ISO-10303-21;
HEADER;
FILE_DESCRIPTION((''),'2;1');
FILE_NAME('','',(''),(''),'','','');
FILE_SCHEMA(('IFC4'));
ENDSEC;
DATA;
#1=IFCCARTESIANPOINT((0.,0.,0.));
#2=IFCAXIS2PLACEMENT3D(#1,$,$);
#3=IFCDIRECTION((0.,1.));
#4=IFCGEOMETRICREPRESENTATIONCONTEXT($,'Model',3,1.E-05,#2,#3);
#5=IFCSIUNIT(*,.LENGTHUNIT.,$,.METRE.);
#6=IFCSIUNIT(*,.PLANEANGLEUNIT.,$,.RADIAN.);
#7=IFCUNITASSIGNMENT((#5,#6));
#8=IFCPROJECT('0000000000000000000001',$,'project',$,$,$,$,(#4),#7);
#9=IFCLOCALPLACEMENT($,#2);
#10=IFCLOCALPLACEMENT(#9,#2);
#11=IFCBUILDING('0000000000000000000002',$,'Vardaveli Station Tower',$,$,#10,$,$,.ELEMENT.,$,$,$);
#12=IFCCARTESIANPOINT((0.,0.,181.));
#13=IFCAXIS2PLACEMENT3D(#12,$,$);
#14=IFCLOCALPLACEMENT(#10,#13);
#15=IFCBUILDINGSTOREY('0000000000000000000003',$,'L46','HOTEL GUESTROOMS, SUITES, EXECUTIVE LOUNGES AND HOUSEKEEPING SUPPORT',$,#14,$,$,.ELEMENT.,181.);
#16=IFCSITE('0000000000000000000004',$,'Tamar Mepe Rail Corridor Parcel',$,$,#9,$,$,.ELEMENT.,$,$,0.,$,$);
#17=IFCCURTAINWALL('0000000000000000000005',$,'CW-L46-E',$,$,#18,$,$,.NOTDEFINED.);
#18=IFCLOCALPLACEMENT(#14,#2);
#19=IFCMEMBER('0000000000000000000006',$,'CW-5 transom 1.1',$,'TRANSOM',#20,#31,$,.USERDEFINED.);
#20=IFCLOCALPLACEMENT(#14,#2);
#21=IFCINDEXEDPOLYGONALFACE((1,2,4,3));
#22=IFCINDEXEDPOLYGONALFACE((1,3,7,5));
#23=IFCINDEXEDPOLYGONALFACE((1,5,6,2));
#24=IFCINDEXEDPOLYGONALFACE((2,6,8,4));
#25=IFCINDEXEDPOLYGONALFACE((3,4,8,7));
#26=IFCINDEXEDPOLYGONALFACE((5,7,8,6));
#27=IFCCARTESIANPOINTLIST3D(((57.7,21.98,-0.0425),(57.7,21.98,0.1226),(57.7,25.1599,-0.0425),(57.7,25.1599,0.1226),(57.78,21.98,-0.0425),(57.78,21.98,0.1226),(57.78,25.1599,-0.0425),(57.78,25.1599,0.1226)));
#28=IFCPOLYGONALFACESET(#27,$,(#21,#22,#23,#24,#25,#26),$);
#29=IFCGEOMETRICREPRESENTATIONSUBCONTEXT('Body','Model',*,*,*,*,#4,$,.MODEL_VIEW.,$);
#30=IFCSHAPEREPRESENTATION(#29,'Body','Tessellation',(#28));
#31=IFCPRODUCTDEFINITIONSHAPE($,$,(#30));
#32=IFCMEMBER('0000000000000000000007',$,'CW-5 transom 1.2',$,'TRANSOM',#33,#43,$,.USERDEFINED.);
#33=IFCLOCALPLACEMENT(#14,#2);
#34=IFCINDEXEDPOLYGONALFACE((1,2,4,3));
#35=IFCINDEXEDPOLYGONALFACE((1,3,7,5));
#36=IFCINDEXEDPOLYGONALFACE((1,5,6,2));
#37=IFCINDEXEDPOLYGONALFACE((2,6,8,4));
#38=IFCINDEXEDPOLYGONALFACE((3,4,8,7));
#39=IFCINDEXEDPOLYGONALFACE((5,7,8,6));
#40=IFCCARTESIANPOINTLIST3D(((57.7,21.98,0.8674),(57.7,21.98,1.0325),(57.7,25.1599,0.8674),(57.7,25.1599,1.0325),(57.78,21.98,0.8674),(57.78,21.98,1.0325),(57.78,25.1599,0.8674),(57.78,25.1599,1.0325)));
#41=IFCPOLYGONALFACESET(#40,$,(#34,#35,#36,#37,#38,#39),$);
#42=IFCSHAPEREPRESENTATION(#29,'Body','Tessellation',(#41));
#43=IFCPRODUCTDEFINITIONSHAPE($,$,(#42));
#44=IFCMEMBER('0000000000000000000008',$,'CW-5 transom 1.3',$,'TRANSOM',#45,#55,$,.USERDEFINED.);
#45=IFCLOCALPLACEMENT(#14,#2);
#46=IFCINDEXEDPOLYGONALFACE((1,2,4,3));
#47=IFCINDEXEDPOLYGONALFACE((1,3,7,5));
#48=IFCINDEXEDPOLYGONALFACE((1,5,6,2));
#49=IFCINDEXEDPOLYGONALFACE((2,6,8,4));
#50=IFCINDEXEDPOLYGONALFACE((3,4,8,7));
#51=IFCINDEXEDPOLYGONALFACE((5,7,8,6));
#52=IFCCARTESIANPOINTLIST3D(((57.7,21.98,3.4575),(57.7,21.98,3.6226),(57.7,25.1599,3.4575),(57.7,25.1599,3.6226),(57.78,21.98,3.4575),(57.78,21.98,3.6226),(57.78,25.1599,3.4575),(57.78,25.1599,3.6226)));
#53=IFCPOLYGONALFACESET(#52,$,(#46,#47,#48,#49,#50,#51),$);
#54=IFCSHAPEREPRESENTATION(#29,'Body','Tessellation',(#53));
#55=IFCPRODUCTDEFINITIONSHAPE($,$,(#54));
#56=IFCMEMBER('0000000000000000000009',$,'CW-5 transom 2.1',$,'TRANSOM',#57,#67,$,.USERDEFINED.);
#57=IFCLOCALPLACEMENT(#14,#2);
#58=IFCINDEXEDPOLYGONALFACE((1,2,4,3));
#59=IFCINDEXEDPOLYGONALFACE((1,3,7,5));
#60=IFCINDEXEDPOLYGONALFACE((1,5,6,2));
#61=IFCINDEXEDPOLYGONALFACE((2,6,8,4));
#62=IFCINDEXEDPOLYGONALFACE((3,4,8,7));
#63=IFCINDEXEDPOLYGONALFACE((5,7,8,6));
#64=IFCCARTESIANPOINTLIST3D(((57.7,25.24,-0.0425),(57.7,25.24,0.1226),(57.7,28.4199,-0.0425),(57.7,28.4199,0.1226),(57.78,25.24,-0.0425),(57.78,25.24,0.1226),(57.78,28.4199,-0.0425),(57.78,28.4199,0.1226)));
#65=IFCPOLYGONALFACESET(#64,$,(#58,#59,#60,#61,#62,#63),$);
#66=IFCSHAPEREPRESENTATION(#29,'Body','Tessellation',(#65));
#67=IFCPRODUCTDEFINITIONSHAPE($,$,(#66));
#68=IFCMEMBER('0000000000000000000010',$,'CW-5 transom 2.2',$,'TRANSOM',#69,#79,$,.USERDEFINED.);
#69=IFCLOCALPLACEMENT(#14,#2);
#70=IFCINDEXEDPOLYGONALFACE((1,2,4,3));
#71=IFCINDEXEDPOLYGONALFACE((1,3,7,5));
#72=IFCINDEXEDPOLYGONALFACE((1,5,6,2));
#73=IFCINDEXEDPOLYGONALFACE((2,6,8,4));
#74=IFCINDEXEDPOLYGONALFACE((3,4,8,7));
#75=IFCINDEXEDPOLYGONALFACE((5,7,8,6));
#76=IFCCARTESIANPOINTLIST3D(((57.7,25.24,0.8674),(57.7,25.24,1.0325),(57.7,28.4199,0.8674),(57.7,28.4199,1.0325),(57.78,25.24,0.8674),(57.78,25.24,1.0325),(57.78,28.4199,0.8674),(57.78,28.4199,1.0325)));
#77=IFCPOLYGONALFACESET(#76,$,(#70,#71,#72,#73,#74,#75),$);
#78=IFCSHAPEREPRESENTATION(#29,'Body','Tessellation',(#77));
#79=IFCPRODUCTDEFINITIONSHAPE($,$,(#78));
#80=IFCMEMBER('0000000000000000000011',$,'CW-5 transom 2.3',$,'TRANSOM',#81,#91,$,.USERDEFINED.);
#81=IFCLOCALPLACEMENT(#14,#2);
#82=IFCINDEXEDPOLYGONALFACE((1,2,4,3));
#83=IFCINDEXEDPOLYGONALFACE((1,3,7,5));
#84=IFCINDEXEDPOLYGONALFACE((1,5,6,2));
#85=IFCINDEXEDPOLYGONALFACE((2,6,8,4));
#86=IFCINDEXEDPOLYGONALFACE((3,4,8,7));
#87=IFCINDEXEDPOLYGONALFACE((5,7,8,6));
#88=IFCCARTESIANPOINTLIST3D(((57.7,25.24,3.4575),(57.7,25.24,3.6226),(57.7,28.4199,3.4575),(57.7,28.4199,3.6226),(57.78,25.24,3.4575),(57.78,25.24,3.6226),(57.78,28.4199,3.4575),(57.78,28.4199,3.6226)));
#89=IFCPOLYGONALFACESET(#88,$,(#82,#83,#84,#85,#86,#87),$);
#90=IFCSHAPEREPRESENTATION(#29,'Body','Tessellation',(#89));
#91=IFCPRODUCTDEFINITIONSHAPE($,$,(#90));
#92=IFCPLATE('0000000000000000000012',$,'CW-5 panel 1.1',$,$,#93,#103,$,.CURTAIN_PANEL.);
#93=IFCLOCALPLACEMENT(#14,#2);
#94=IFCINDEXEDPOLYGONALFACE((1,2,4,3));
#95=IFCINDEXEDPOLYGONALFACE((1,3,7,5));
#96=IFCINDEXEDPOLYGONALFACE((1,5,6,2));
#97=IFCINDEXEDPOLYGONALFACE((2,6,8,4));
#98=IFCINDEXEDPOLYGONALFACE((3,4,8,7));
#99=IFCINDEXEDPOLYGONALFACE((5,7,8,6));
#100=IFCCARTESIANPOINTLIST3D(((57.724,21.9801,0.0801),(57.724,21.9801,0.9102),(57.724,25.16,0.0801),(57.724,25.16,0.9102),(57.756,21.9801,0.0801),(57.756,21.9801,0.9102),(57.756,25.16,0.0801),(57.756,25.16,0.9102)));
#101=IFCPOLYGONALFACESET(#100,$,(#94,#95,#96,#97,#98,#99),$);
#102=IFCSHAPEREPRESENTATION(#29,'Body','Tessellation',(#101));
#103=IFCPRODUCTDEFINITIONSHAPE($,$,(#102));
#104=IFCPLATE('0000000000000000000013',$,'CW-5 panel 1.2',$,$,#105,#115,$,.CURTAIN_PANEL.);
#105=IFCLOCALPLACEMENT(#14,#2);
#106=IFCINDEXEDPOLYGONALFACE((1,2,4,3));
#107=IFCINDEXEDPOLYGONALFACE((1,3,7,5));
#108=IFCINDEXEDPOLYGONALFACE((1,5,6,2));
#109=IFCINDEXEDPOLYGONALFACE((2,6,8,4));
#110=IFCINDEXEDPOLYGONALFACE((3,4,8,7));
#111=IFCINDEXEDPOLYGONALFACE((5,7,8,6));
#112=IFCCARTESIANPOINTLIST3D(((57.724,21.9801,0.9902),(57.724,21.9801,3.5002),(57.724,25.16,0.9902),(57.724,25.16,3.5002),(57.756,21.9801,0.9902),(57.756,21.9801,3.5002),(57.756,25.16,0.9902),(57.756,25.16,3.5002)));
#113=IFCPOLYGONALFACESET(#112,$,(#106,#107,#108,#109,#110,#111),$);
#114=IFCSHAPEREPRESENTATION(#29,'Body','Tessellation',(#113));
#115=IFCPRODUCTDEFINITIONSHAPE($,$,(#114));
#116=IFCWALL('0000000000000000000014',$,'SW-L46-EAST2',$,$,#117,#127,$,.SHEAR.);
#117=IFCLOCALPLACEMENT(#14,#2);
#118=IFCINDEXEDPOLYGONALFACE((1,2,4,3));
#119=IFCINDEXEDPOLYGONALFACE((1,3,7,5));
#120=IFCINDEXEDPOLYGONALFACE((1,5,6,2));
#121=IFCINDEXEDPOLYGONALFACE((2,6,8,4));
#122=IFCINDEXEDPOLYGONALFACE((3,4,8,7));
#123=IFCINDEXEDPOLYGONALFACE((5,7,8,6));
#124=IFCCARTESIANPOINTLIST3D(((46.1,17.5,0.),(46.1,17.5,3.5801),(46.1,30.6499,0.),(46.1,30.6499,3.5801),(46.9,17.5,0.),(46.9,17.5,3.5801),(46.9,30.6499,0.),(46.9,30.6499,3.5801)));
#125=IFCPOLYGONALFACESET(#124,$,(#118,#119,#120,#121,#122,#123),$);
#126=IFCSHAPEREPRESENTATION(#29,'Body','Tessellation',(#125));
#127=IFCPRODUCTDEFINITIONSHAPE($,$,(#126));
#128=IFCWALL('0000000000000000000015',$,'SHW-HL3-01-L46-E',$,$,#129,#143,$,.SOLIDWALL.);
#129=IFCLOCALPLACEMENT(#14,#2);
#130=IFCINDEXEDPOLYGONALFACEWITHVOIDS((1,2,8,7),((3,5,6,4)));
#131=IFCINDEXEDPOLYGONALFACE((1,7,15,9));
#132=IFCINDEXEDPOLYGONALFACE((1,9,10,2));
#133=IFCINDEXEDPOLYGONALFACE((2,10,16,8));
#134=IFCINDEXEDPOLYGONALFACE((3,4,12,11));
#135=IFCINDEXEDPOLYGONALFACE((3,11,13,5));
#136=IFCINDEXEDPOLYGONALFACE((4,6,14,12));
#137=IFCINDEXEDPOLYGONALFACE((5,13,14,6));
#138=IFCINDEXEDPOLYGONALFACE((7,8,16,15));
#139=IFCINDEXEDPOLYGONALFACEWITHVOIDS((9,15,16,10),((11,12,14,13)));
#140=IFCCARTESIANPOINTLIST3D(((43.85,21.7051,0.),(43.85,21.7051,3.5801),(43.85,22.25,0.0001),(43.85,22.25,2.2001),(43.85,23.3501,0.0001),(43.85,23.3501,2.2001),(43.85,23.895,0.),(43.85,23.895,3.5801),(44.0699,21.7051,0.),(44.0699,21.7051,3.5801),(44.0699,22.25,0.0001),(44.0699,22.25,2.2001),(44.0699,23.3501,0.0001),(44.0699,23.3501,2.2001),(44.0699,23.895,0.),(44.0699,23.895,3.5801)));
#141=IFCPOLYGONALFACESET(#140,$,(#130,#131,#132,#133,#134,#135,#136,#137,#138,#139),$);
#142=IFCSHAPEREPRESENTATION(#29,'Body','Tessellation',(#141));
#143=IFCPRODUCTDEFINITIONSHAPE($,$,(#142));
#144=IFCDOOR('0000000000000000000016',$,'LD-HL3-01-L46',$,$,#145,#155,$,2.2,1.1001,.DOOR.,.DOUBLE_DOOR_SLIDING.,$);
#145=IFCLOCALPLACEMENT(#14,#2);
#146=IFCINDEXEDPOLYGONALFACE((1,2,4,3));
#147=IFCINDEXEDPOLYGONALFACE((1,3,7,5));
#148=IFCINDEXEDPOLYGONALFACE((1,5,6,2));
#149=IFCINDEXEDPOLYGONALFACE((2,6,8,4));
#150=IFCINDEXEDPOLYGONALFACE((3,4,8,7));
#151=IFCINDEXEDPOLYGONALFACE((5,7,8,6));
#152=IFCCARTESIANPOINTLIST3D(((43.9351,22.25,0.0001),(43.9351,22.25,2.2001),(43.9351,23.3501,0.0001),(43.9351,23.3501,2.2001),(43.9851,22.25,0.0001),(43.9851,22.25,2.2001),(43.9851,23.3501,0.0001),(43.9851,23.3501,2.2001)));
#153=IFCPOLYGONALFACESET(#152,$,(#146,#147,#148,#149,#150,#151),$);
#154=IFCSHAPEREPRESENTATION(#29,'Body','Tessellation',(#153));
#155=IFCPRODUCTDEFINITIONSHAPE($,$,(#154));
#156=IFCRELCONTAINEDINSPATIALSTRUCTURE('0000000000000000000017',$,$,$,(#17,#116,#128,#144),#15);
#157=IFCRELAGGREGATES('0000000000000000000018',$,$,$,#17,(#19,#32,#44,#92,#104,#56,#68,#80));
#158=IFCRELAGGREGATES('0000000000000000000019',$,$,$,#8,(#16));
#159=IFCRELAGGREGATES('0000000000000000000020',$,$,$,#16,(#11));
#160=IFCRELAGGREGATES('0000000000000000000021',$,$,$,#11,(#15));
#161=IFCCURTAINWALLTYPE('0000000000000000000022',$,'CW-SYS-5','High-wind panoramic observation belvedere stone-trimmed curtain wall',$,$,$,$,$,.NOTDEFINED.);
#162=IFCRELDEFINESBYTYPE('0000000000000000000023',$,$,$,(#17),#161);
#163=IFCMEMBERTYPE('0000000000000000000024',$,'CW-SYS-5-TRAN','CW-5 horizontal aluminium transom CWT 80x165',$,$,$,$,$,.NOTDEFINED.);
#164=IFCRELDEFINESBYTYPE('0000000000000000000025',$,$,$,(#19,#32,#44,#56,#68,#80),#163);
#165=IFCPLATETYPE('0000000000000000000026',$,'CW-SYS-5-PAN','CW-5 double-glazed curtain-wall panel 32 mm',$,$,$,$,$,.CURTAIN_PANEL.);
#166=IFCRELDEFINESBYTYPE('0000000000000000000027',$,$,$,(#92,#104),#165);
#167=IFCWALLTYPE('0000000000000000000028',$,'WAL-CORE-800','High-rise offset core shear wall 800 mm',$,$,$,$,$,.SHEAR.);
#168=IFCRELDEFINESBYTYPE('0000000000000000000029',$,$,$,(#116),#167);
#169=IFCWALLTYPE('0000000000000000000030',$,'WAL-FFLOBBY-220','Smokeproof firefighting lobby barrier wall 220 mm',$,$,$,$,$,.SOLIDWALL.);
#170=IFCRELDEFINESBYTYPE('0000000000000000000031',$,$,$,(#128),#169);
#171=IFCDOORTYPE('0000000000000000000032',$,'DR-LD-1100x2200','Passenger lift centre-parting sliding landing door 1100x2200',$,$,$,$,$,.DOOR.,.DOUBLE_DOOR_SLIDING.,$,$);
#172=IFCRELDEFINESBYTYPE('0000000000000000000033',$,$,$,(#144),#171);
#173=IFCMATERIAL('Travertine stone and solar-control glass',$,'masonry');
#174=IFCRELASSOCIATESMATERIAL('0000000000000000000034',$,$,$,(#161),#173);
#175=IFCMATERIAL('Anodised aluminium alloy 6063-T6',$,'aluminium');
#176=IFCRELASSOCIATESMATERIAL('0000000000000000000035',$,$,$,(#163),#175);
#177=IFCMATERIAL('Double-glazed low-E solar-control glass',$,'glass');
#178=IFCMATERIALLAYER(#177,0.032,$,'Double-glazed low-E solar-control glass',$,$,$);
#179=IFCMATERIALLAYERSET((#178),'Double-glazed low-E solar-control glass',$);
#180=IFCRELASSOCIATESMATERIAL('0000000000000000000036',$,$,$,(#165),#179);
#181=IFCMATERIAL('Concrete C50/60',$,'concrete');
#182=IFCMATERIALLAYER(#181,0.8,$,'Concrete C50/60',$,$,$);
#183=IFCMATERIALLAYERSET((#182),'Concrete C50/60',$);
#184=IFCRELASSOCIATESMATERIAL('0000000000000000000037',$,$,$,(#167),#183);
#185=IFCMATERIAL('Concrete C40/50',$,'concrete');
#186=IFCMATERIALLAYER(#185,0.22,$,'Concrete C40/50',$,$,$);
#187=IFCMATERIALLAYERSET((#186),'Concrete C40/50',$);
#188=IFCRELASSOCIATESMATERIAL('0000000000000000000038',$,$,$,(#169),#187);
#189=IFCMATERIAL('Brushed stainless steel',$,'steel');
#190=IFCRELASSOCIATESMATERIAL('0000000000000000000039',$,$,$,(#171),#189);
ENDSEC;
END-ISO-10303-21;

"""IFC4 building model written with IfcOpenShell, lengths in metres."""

from ifc_helpers import new_model, si_unit, direction, frame, frame_2d, origin, origin_2d, place, context, subcontext, project, spatial, rectangle, extrude, source, transform, mapped, material, layer, layer_set, material_profile, profile_set, type_object, element, fill, aggregate, save


model = new_model("IFC4")

# Units and contexts
model_context = context("Model", 3, precision=1e-05, world=origin(), true_north=direction((0.0, 1.0)))
body_context = subcontext(model_context, "Body", "Model", "MODEL_VIEW")
ifc_project = project(units=[si_unit("LENGTHUNIT", "METRE"), si_unit("PLANEANGLEUNIT", "RADIAN")], contexts=[model_context])

# Site, building, storey
site_placement = place(None, origin())
site = spatial("IfcSite", under=ifc_project, at=site_placement, Name="Tamar Mepe Rail Corridor Parcel", CompositionType="ELEMENT", RefElevation=0.0)
building_placement = place(site_placement, origin())
building = spatial("IfcBuilding", under=site, at=building_placement, Name="Vardaveli Station Tower", CompositionType="ELEMENT")
storey_placement = place(building_placement, frame((0.0, 0.0, 181.0)))
storey = spatial("IfcBuildingStorey", under=building, at=storey_placement, Name="L46", Description="HOTEL GUESTROOMS, SUITES, EXECUTIVE LOUNGES AND HOUSEKEEPING SUPPORT", CompositionType="ELEMENT", Elevation=181.0)

# Curtain wall, members, plates
ifc_material_1 = material(Name="Travertine stone and solar-control glass", Category="masonry")
curtain_wall_type = type_object("IfcCurtainWallType", Name="CW-SYS-5", Description="High-wind panoramic observation belvedere stone-trimmed curtain wall", PredefinedType="NOTDEFINED", material=ifc_material_1)
curtain_wall_placement = place(storey_placement, origin())
curtain_wall = element("IfcCurtainWall", 1, at=curtain_wall_placement, inside=storey, type_object=curtain_wall_type, Name="CW-L46-E", PredefinedType="NOTDEFINED")
ifc_material_2 = material(Name="Anodised aluminium alloy 6063-T6", Category="aluminium")
ifc_material_profile_1 = material_profile(ifc_material_2, rectangle(XDim=0.0801, YDim=0.165, at=origin_2d()), Name="CWT 80x165")
ifc_profile_set_1 = profile_set([ifc_material_profile_1], Name="Anodised aluminium alloy 6063-T6")
member_type_1 = type_object("IfcMemberType", Name="CW-SYS-5-TRAN", Description="CW-5 horizontal aluminium transom CWT 80x165", PredefinedType="NOTDEFINED", material=ifc_profile_set_1)
shared_shape_1 = source(origin(), body_context, "Body", "SweptSolid", [
    extrude(rectangle(XDim=0.0801, YDim=0.165, at=origin_2d()), origin(), (0.0, 0.0, 1.0), 3.1799),
])
member_1_placement = place(storey_placement, frame((57.74, 21.98, 0.04), z_axis=(0.0, 1.0, 0.0), x_axis=(-1.0, 0.0, 0.0)))
member_1 = element("IfcMember", 2, at=member_1_placement, type_object=member_type_1, Name="CW-5 transom 1.1", ObjectType="TRANSOM", PredefinedType="USERDEFINED", context=body_context, shape_type="MappedRepresentation", body=[
    mapped(shared_shape_1, transform((0.0, 0.0, 0.0), scale=1.0)),
])
member_2_placement = place(storey_placement, frame((57.74, 21.98, 0.95), z_axis=(0.0, 1.0, 0.0), x_axis=(-1.0, 0.0, 0.0)))
member_2 = element("IfcMember", 3, at=member_2_placement, type_object=member_type_1, Name="CW-5 transom 1.2", ObjectType="TRANSOM", PredefinedType="USERDEFINED", context=body_context, shape_type="MappedRepresentation", body=[
    mapped(shared_shape_1, transform((0.0, 0.0, 0.0), scale=1.0)),
])
member_3_placement = place(storey_placement, frame((57.74, 21.98, 3.54), z_axis=(0.0, 1.0, 0.0), x_axis=(-1.0, 0.0, 0.0)))
member_3 = element("IfcMember", 4, at=member_3_placement, type_object=member_type_1, Name="CW-5 transom 1.3", ObjectType="TRANSOM", PredefinedType="USERDEFINED", context=body_context, shape_type="MappedRepresentation", body=[
    mapped(shared_shape_1, transform((0.0, 0.0, 0.0), scale=1.0)),
])
member_4_placement = place(storey_placement, frame((57.74, 25.24, 0.04), z_axis=(0.0, 1.0, 0.0), x_axis=(-1.0, 0.0, 0.0)))
member_4 = element("IfcMember", 5, at=member_4_placement, type_object=member_type_1, Name="CW-5 transom 2.1", ObjectType="TRANSOM", PredefinedType="USERDEFINED", context=body_context, shape_type="MappedRepresentation", body=[
    mapped(shared_shape_1, transform((0.0, 0.0, 0.0), scale=1.0)),
])
member_5_placement = place(storey_placement, frame((57.74, 25.24, 0.95), z_axis=(0.0, 1.0, 0.0), x_axis=(-1.0, 0.0, 0.0)))
member_5 = element("IfcMember", 6, at=member_5_placement, type_object=member_type_1, Name="CW-5 transom 2.2", ObjectType="TRANSOM", PredefinedType="USERDEFINED", context=body_context, shape_type="MappedRepresentation", body=[
    mapped(shared_shape_1, transform((0.0, 0.0, 0.0), scale=1.0)),
])
member_6_placement = place(storey_placement, frame((57.74, 25.24, 3.54), z_axis=(0.0, 1.0, 0.0), x_axis=(-1.0, 0.0, 0.0)))
member_6 = element("IfcMember", 7, at=member_6_placement, type_object=member_type_1, Name="CW-5 transom 2.3", ObjectType="TRANSOM", PredefinedType="USERDEFINED", context=body_context, shape_type="MappedRepresentation", body=[
    mapped(shared_shape_1, transform((0.0, 0.0, 0.0), scale=1.0)),
])
ifc_material_3 = material(Name="Double-glazed low-E solar-control glass", Category="glass")
ifc_layer_1 = layer(ifc_material_3, 0.032, Name="Double-glazed low-E solar-control glass")
ifc_layer_set_1 = layer_set([ifc_layer_1], Name="Double-glazed low-E solar-control glass")
plate_type = type_object("IfcPlateType", Name="CW-SYS-5-PAN", Description="CW-5 double-glazed curtain-wall panel 32 mm", PredefinedType="CURTAIN_PANEL", material=ifc_layer_set_1)
shared_shape_2 = source(origin(), body_context, "Body", "SweptSolid", [
    extrude(rectangle(XDim=3.1799, YDim=0.032, at=origin_2d()), origin(), (0.0, 0.0, 1.0), 0.8301),
])
plate_1_placement = place(storey_placement, frame((57.74, 23.5701, 0.0801), z_axis=(0.0, 0.0, 1.0), x_axis=(0.0, 1.0, 0.0)))
plate_1 = element("IfcPlate", 8, at=plate_1_placement, type_object=plate_type, Name="CW-5 panel 1.1", PredefinedType="CURTAIN_PANEL", context=body_context, shape_type="MappedRepresentation", body=[
    mapped(shared_shape_2, transform((0.0, 0.0, 0.0), scale=1.0)),
])
shared_shape_3 = source(origin(), body_context, "Body", "SweptSolid", [
    extrude(rectangle(XDim=3.1799, YDim=0.032, at=origin_2d()), origin(), (0.0, 0.0, 1.0), 2.51),
])
plate_2_placement = place(storey_placement, frame((57.74, 23.5701, 0.9902), z_axis=(0.0, 0.0, 1.0), x_axis=(0.0, 1.0, 0.0)))
plate_2 = element("IfcPlate", 9, at=plate_2_placement, type_object=plate_type, Name="CW-5 panel 1.2", PredefinedType="CURTAIN_PANEL", context=body_context, shape_type="MappedRepresentation", body=[
    mapped(shared_shape_3, transform((0.0, 0.0, 0.0), scale=1.0)),
])
aggregate(curtain_wall, [member_1, member_2, member_3, plate_1, plate_2, member_4, member_5, member_6])

# Wall
ifc_material_4 = material(Name="Concrete C50/60", Category="concrete")
ifc_layer_2 = layer(ifc_material_4, 0.8, Name="Concrete C50/60")
ifc_layer_set_2 = layer_set([ifc_layer_2], Name="Concrete C50/60")
wall_type_1 = type_object("IfcWallType", Name="WAL-CORE-800", Description="High-rise offset core shear wall 800 mm", PredefinedType="SHEAR", material=ifc_layer_set_2)
shared_shape_4 = source(origin(), body_context, "Body", "SweptSolid", [
    extrude(rectangle(XDim=13.1499, YDim=0.8, at=frame_2d((6.575, 0.0))), origin(), (0.0, 0.0, 1.0), 3.5801),
])
wall_1_placement = place(storey_placement, frame((46.5, 17.5, 0.0), z_axis=(0.0, 0.0, 1.0), x_axis=(0.0, 1.0, 0.0)))
element("IfcWall", 10, at=wall_1_placement, inside=storey, type_object=wall_type_1, Name="SW-L46-EAST2", PredefinedType="SHEAR", context=body_context, shape_type="MappedRepresentation", body=[
    mapped(shared_shape_4, transform((0.0, 0.0, 0.0), scale=1.0)),
])

# Wall, opening, door
ifc_material_5 = material(Name="Concrete C40/50", Category="concrete")
ifc_layer_3 = layer(ifc_material_5, 0.22, Name="Concrete C40/50")
ifc_layer_set_3 = layer_set([ifc_layer_3], Name="Concrete C40/50")
wall_type_2 = type_object("IfcWallType", Name="WAL-FFLOBBY-220", Description="Smokeproof firefighting lobby barrier wall 220 mm", PredefinedType="SOLIDWALL", material=ifc_layer_set_3)
shared_shape_5 = source(origin(), body_context, "Body", "SweptSolid", [
    extrude(rectangle(XDim=2.1899, YDim=0.22, at=frame_2d((1.095, 0.0))), origin(), (0.0, 0.0, 1.0), 3.5801),
])
wall_2_placement = place(storey_placement, frame((43.96, 21.7051, 0.0), z_axis=(0.0, 0.0, 1.0), x_axis=(0.0, 1.0, 0.0)))
wall_2 = element("IfcWall", 11, at=wall_2_placement, inside=storey, type_object=wall_type_2, Name="SHW-HL3-01-L46-E", PredefinedType="SOLIDWALL", context=body_context, shape_type="MappedRepresentation", body=[
    mapped(shared_shape_5, transform((0.0, 0.0, 0.0), scale=1.0)),
])
shared_shape_6 = source(origin(), body_context, "Body", "SweptSolid", [
    extrude(rectangle(XDim=1.1001, YDim=2.2, at=frame_2d((0.55, 1.1001))), frame((0.0, 0.1201, 0.0), z_axis=(0.0, -1.0, 0.0), x_axis=(1.0, 0.0, 0.0)), (0.0, 0.0, 1.0), 0.24),
])
opening_1_placement = place(wall_2_placement, frame((0.5449, 0.0, 0.0)))
opening_1 = element("IfcOpeningElement", 12, at=opening_1_placement, cuts=wall_2, PredefinedType="OPENING", context=body_context, shape_type="MappedRepresentation", body=[
    mapped(shared_shape_6, transform((0.0, 0.0, 0.0), scale=1.0)),
])
ifc_material_6 = material(Name="Brushed stainless steel", Category="steel")
door_type = type_object("IfcDoorType", Name="DR-LD-1100x2200", Description="Passenger lift centre-parting sliding landing door 1100x2200", OperationType="DOUBLE_DOOR_SLIDING", PredefinedType="DOOR", material=ifc_material_6)
shared_shape_7 = source(origin(), body_context, "Body", "SweptSolid", [
    extrude(rectangle(XDim=1.1001, YDim=2.2, at=frame_2d((0.55, 1.1001))), frame((0.0, 0.0249, 0.0), z_axis=(0.0, -1.0, 0.0), x_axis=(1.0, 0.0, 0.0)), (0.0, 0.0, 1.0), 0.05),
])
door_1_placement = place(opening_1_placement, origin())
door_1 = element("IfcDoor", 13, at=door_1_placement, inside=storey, type_object=door_type, Name="LD-HL3-01-L46", OperationType="DOUBLE_DOOR_SLIDING", OverallHeight=2.2, OverallWidth=1.1001, PredefinedType="DOOR", context=body_context, shape_type="MappedRepresentation", body=[
    mapped(shared_shape_7, transform((0.0, 0.0, 0.0), scale=1.0)),
])
fill(opening_1, door_1)

save(model, "model.ifc")
